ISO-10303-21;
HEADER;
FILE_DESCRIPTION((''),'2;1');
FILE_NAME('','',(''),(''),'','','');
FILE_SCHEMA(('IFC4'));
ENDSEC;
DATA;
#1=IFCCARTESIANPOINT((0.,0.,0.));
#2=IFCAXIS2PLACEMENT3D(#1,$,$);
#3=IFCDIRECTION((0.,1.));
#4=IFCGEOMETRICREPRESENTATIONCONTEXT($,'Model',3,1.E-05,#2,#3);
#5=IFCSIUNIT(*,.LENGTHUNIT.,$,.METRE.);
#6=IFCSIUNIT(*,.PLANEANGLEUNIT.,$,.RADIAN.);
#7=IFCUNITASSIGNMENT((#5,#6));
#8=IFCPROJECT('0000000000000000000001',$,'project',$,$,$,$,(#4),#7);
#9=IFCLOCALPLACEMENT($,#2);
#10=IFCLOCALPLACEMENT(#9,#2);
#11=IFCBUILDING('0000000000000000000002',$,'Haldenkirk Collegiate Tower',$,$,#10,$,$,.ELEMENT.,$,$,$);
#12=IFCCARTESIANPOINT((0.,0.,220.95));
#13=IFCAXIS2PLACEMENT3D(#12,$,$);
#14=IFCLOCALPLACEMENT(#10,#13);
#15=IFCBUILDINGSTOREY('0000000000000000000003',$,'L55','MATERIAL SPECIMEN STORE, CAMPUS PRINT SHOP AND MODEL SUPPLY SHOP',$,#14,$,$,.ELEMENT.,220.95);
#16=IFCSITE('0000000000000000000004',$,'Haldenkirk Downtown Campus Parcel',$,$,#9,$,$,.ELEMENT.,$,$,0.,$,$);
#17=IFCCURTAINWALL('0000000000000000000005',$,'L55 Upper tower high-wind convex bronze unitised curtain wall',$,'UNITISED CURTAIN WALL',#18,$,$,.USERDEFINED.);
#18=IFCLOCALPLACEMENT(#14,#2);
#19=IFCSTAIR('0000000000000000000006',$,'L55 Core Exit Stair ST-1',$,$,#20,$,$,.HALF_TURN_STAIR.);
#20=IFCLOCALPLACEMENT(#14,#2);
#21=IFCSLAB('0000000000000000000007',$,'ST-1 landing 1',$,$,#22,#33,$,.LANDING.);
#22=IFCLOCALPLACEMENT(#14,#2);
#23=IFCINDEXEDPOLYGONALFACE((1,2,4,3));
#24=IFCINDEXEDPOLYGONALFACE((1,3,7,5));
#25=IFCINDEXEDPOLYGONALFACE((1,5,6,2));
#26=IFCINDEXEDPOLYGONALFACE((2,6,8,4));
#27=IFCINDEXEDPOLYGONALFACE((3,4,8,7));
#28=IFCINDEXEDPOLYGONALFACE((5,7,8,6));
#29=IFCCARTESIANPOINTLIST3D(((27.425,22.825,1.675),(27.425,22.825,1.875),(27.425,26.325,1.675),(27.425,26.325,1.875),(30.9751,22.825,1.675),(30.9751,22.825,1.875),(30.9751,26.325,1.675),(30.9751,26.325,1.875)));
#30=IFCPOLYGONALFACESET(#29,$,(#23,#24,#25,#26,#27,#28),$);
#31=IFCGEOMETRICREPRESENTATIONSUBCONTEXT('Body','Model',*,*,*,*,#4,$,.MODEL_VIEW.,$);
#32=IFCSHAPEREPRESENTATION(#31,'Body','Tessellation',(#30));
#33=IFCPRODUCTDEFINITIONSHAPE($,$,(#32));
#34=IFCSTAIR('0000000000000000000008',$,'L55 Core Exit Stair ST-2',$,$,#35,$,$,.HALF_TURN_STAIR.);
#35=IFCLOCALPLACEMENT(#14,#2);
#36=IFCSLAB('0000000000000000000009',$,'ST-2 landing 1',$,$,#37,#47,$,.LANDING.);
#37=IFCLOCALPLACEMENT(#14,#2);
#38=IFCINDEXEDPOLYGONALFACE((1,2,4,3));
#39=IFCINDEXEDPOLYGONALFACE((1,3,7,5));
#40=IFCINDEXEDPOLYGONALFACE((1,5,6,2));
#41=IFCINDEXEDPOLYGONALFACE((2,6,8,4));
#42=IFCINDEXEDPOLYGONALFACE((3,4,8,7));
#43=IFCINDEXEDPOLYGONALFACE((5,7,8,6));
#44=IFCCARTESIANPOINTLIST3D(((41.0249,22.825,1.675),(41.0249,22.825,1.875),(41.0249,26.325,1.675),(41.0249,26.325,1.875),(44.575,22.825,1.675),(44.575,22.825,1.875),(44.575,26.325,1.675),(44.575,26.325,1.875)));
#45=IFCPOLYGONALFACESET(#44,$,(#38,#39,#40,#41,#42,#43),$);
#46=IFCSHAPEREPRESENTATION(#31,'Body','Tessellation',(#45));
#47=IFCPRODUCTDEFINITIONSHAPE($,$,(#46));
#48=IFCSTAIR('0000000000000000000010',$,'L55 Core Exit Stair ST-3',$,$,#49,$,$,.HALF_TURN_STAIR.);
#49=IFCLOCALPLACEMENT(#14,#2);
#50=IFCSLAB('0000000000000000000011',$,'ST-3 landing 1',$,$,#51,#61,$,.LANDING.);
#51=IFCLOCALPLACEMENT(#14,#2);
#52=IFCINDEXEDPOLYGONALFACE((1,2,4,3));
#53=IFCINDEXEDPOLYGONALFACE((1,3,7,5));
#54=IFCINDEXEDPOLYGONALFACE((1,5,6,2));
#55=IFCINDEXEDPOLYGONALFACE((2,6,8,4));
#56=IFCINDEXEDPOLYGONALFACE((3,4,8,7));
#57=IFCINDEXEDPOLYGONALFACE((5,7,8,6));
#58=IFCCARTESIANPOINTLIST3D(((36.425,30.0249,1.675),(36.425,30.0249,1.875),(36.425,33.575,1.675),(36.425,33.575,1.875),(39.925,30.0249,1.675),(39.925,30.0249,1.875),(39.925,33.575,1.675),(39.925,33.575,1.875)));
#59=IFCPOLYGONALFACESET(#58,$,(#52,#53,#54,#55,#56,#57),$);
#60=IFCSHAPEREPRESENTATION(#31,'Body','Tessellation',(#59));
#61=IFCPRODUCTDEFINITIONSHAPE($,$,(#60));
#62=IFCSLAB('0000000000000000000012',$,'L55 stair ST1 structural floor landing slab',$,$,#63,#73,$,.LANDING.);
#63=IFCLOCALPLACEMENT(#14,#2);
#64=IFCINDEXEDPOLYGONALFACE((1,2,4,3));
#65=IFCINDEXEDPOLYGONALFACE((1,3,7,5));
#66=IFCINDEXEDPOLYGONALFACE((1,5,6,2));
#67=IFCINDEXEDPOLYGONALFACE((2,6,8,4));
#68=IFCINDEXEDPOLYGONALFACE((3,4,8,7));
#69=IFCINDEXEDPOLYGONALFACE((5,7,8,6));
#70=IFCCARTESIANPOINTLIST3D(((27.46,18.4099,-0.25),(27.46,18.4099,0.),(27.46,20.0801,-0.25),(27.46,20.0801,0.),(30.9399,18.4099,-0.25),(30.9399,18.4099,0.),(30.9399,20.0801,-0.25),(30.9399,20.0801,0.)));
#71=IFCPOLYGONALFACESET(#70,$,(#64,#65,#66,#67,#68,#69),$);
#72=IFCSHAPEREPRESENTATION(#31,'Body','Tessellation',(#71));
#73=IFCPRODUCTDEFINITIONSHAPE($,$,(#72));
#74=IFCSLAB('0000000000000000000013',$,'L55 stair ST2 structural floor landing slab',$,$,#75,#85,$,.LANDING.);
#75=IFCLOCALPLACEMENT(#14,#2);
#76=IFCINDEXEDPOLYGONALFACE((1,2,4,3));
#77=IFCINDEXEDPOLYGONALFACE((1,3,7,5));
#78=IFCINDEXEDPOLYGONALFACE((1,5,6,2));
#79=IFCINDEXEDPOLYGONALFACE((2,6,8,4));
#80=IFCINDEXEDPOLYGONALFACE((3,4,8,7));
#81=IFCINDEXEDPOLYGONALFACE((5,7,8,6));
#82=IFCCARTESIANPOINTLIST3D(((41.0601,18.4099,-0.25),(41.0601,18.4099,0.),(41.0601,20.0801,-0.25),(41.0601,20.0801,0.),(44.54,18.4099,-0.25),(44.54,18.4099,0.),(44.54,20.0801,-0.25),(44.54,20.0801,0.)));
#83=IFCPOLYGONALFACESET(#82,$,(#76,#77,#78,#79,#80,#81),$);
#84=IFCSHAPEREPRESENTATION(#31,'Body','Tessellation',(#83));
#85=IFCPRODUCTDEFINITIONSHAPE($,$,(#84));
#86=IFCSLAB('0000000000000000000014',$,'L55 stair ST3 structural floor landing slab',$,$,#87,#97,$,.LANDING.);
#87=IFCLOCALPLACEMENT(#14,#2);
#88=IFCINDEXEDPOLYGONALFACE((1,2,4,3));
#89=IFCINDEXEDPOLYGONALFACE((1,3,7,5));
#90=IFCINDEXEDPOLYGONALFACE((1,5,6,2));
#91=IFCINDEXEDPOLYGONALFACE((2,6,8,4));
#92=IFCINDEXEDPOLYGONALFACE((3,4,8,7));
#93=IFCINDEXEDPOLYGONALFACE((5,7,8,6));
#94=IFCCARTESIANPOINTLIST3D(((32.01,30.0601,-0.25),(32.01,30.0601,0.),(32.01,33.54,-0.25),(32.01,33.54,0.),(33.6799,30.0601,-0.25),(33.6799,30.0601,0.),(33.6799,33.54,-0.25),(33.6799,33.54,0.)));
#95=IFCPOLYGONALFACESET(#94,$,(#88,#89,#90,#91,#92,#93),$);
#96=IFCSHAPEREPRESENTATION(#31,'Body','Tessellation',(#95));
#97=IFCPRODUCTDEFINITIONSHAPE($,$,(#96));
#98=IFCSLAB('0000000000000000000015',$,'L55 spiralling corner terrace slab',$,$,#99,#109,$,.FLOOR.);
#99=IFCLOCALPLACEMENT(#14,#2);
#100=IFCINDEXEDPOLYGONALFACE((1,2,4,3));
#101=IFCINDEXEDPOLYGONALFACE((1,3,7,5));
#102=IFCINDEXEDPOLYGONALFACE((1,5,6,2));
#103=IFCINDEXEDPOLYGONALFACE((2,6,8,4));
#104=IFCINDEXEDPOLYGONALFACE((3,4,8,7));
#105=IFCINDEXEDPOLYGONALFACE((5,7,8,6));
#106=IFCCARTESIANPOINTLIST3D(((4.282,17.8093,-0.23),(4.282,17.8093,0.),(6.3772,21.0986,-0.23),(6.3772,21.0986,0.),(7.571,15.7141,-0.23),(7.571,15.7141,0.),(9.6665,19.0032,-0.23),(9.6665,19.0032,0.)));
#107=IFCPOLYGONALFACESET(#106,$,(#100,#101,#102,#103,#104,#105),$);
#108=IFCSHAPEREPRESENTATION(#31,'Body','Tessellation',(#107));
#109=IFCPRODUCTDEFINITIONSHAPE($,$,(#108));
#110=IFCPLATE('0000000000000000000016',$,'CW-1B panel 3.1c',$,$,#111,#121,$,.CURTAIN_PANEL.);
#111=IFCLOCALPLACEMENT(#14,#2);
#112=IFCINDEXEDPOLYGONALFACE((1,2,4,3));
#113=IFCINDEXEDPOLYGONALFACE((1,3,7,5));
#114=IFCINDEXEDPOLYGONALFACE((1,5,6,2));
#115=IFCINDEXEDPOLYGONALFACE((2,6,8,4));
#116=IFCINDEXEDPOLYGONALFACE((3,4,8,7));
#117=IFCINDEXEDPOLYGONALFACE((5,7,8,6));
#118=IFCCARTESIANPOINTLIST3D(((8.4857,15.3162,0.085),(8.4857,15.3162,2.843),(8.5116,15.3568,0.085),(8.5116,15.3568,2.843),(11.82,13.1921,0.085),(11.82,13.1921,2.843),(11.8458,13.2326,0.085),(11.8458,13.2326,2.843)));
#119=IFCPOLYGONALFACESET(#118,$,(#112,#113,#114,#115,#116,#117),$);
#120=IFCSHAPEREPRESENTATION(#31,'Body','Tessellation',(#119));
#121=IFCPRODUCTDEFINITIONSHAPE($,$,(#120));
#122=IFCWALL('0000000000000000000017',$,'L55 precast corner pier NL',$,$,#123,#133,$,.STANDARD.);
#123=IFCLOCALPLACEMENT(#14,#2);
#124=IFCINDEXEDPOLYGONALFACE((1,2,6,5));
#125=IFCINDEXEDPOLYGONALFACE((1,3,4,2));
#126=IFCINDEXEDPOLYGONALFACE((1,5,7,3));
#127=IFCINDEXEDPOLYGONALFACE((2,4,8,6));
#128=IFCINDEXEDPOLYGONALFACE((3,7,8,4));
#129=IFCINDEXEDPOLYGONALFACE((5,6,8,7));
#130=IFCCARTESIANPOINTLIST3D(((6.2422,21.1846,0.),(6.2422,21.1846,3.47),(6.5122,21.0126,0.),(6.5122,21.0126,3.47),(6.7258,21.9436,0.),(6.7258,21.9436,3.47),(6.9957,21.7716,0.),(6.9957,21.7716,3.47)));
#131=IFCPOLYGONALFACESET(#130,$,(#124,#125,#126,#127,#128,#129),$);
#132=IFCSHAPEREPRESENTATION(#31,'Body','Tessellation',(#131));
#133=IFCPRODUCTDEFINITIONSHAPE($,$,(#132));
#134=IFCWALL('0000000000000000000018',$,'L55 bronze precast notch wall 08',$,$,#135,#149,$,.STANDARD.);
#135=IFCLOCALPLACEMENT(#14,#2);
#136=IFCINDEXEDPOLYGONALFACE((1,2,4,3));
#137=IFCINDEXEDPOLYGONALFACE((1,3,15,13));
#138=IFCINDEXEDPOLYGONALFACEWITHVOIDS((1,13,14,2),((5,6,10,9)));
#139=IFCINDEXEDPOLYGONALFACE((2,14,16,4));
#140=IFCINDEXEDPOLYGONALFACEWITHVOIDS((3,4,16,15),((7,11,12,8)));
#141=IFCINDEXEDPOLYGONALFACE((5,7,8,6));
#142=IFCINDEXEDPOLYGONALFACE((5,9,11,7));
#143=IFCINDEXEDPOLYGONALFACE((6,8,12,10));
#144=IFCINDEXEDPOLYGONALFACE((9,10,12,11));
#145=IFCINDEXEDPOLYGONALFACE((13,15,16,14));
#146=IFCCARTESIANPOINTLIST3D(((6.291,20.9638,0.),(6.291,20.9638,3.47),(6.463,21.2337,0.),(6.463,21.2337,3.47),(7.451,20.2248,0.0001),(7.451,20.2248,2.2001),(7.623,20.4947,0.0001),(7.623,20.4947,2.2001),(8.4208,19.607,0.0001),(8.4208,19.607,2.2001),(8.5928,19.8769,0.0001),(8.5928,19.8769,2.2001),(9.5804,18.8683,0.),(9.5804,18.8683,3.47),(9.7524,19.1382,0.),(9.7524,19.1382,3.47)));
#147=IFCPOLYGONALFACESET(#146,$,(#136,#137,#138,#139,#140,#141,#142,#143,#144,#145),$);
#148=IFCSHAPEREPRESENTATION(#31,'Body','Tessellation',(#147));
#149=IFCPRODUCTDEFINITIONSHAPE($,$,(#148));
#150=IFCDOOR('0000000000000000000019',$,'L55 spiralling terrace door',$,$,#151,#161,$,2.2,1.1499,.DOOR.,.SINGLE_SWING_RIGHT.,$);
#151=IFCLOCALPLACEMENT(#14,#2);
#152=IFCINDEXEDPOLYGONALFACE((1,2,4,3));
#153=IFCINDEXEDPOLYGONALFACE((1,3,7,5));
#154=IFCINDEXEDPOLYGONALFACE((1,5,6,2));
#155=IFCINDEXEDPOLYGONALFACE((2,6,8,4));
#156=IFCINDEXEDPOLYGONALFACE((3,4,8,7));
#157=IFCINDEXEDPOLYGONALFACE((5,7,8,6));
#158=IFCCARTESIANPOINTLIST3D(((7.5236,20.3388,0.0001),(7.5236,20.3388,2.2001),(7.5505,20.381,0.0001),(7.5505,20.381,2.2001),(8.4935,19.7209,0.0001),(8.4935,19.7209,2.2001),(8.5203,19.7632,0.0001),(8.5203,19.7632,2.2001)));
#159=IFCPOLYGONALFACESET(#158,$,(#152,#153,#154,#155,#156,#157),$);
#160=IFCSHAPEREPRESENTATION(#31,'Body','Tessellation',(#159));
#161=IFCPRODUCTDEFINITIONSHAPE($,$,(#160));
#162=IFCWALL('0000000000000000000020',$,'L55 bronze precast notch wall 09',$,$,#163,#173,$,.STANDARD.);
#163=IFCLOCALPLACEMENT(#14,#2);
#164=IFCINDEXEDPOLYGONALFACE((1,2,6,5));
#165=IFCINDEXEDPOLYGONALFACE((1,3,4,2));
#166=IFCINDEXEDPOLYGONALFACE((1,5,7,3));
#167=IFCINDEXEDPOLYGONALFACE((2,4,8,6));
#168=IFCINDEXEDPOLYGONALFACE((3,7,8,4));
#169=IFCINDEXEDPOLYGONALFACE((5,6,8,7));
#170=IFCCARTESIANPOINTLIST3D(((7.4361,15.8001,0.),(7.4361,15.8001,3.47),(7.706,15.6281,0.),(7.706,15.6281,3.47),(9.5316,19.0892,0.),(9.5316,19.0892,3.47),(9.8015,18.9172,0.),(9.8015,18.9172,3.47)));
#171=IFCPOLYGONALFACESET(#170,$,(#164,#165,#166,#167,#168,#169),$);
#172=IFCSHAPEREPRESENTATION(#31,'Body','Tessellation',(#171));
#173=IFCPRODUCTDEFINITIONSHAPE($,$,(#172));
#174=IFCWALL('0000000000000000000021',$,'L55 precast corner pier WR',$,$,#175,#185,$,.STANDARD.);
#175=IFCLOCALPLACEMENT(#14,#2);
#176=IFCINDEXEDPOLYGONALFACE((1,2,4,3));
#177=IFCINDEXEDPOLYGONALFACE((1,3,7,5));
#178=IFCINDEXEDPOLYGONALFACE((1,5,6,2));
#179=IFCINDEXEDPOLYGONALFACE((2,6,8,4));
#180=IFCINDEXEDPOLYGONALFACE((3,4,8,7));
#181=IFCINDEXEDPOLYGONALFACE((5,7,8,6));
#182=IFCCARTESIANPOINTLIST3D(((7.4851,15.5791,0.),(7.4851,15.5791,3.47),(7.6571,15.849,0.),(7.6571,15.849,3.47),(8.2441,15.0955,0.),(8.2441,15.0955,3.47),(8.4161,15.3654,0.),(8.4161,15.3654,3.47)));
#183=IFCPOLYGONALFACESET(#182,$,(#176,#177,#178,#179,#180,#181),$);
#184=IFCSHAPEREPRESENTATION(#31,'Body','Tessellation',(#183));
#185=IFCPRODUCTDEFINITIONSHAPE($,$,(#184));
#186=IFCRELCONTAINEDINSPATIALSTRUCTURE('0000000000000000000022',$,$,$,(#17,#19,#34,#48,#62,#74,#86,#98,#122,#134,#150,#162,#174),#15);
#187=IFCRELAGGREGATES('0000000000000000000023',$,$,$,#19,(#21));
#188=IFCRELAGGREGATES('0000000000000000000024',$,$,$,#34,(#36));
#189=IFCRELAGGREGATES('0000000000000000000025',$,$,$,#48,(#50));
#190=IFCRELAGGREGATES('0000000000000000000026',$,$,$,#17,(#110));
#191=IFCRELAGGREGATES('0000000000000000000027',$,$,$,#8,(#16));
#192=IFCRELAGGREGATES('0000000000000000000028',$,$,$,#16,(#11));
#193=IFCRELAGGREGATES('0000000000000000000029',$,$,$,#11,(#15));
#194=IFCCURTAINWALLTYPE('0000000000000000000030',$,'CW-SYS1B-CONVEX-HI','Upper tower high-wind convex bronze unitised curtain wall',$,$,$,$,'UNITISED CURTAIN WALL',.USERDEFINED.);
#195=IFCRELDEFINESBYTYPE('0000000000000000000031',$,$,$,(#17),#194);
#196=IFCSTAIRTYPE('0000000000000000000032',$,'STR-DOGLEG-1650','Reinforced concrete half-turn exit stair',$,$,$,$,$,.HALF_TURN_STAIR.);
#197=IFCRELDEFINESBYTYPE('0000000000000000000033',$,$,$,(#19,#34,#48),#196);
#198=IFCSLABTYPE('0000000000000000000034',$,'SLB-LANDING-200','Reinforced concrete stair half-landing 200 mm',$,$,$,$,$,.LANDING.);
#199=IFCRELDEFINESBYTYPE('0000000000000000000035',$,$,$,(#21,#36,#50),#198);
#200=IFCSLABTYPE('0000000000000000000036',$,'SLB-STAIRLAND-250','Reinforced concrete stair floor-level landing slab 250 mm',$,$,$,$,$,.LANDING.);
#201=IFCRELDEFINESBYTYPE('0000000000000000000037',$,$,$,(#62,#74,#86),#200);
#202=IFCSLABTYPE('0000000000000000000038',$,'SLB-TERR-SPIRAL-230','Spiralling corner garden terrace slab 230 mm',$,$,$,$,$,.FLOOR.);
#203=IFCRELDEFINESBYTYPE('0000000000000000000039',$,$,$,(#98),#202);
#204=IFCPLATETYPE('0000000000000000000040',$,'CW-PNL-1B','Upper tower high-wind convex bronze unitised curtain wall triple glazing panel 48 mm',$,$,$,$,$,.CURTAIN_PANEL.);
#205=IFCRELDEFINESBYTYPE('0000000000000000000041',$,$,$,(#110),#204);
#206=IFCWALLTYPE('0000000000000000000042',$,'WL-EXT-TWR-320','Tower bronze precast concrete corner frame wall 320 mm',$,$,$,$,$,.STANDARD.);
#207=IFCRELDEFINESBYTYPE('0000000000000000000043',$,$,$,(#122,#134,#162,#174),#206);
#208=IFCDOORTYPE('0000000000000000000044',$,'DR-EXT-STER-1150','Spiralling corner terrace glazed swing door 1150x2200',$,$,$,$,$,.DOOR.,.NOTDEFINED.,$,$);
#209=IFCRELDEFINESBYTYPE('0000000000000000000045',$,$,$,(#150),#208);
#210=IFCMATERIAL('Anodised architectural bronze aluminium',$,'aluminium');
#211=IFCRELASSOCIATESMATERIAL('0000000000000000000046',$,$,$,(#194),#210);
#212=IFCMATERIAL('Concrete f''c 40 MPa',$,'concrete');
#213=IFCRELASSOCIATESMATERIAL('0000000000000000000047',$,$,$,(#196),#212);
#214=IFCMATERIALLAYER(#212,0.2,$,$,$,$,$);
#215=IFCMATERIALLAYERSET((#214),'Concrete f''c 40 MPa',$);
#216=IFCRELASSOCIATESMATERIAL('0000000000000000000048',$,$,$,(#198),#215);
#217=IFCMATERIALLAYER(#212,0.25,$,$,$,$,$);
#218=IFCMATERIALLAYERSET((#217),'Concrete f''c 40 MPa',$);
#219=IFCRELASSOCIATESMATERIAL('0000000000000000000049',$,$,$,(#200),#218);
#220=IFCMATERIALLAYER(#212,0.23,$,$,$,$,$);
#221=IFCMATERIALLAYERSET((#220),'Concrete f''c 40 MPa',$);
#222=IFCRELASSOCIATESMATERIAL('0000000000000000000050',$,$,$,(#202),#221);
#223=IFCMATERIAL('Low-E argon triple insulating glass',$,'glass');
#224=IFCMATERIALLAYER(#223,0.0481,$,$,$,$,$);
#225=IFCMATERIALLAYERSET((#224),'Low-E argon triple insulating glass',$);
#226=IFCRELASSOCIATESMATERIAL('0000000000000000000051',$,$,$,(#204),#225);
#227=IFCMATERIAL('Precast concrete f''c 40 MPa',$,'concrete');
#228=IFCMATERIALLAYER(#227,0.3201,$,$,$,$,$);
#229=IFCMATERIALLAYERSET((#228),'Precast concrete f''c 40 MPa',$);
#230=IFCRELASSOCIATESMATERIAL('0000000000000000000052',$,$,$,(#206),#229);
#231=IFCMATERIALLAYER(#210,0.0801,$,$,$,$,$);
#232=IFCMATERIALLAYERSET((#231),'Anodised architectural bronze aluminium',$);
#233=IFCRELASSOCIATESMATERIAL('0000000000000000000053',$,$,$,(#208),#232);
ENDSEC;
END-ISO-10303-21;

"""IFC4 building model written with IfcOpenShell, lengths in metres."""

from ifc_helpers import new_model, si_unit, direction, frame, frame_2d, origin, origin_2d, place, context, subcontext, project, spatial, polyline, rectangle, outline, extrude, source, transform, mapped, material, layer, layer_set, type_object, element, fill, aggregate, save


model = new_model("IFC4")

# Units and contexts
model_context = context("Model", 3, precision=1e-05, world=origin(), true_north=direction((0.0, 1.0)))
body_context = subcontext(model_context, "Body", "Model", "MODEL_VIEW")
ifc_project = project(units=[si_unit("LENGTHUNIT", "METRE"), si_unit("PLANEANGLEUNIT", "RADIAN")], contexts=[model_context])

# Site, building, storey
site_placement = place(None, origin())
site = spatial("IfcSite", under=ifc_project, at=site_placement, Name="Haldenkirk Downtown Campus Parcel", CompositionType="ELEMENT", RefElevation=0.0)
building_placement = place(site_placement, origin())
building = spatial("IfcBuilding", under=site, at=building_placement, Name="Haldenkirk Collegiate Tower", CompositionType="ELEMENT")
storey_placement = place(building_placement, frame((0.0, 0.0, 220.95)))
storey = spatial("IfcBuildingStorey", under=building, at=storey_placement, Name="L55", Description="MATERIAL SPECIMEN STORE, CAMPUS PRINT SHOP AND MODEL SUPPLY SHOP", CompositionType="ELEMENT", Elevation=220.95)

# Curtain wall
ifc_material_1 = material(Name="Anodised architectural bronze aluminium", Category="aluminium")
curtain_wall_type = type_object("IfcCurtainWallType", Name="CW-SYS1B-CONVEX-HI", Description="Upper tower high-wind convex bronze unitised curtain wall", ElementType="UNITISED CURTAIN WALL", PredefinedType="USERDEFINED", material=ifc_material_1)
curtain_wall_placement = place(storey_placement, origin())
curtain_wall = element("IfcCurtainWall", 1, at=curtain_wall_placement, inside=storey, type_object=curtain_wall_type, Name="L55 Upper tower high-wind convex bronze unitised curtain wall", ObjectType="UNITISED CURTAIN WALL", PredefinedType="USERDEFINED")

# Shared definitions
ifc_material_2 = material(Name="Concrete f'c 40 MPa", Category="concrete")

# Stairs, slabs
stair_type = type_object("IfcStairType", Name="STR-DOGLEG-1650", Description="Reinforced concrete half-turn exit stair", PredefinedType="HALF_TURN_STAIR", material=ifc_material_2)
stair_1_placement = place(storey_placement, origin())
stair_1 = element("IfcStair", 2, at=stair_1_placement, inside=storey, type_object=stair_type, Name="L55 Core Exit Stair ST-1", PredefinedType="HALF_TURN_STAIR")
ifc_layer_1 = layer(ifc_material_2, 0.2)
ifc_layer_set_1 = layer_set([ifc_layer_1], Name="Concrete f'c 40 MPa")
slab_type_1 = type_object("IfcSlabType", Name="SLB-LANDING-200", Description="Reinforced concrete stair half-landing 200 mm", PredefinedType="LANDING", material=ifc_layer_set_1)
slab_1_placement = place(storey_placement, frame((0.0, 0.0, 1.675)))
slab_1 = element("IfcSlab", 3, at=slab_1_placement, type_object=slab_type_1, Name="ST-1 landing 1", PredefinedType="LANDING", context=body_context, shape_type="SweptSolid", body=[
    extrude(outline(polyline([(30.9751, 22.825), (27.425, 22.825), (27.425, 26.325), (30.9751, 26.325), (30.9751, 22.825)])), origin(), (0.0, 0.0, 1.0), 0.2),
])
aggregate(stair_1, [slab_1])
stair_2_placement = place(storey_placement, origin())
stair_2 = element("IfcStair", 4, at=stair_2_placement, inside=storey, type_object=stair_type, Name="L55 Core Exit Stair ST-2", PredefinedType="HALF_TURN_STAIR")
slab_2_placement = place(storey_placement, frame((0.0, 0.0, 1.675)))
slab_2 = element("IfcSlab", 5, at=slab_2_placement, type_object=slab_type_1, Name="ST-2 landing 1", PredefinedType="LANDING", context=body_context, shape_type="SweptSolid", body=[
    extrude(outline(polyline([(44.575, 22.825), (41.0249, 22.825), (41.0249, 26.325), (44.575, 26.325), (44.575, 22.825)])), origin(), (0.0, 0.0, 1.0), 0.2),
])
aggregate(stair_2, [slab_2])
stair_3_placement = place(storey_placement, origin())
stair_3 = element("IfcStair", 6, at=stair_3_placement, inside=storey, type_object=stair_type, Name="L55 Core Exit Stair ST-3", PredefinedType="HALF_TURN_STAIR")
slab_3_placement = place(storey_placement, frame((0.0, 0.0, 1.675)))
slab_3 = element("IfcSlab", 7, at=slab_3_placement, type_object=slab_type_1, Name="ST-3 landing 1", PredefinedType="LANDING", context=body_context, shape_type="SweptSolid", body=[
    extrude(outline(polyline([(36.425, 30.0249), (36.425, 33.575), (39.925, 33.575), (39.925, 30.0249), (36.425, 30.0249)])), origin(), (0.0, 0.0, 1.0), 0.2),
])
aggregate(stair_3, [slab_3])

# Slabs
ifc_layer_2 = layer(ifc_material_2, 0.25)
ifc_layer_set_2 = layer_set([ifc_layer_2], Name="Concrete f'c 40 MPa")
slab_type_2 = type_object("IfcSlabType", Name="SLB-STAIRLAND-250", Description="Reinforced concrete stair floor-level landing slab 250 mm", PredefinedType="LANDING", material=ifc_layer_set_2)
slab_4_placement = place(storey_placement, frame((0.0, 0.0, -0.25)))
element("IfcSlab", 8, at=slab_4_placement, inside=storey, type_object=slab_type_2, Name="L55 stair ST1 structural floor landing slab", PredefinedType="LANDING", context=body_context, shape_type="SweptSolid", body=[
    extrude(outline(polyline([(27.46, 18.4099), (30.9399, 18.4099), (30.9399, 20.0801), (27.46, 20.0801), (27.46, 18.4099)])), origin(), (0.0, 0.0, 1.0), 0.25),
])
slab_5_placement = place(storey_placement, frame((0.0, 0.0, -0.25)))
element("IfcSlab", 9, at=slab_5_placement, inside=storey, type_object=slab_type_2, Name="L55 stair ST2 structural floor landing slab", PredefinedType="LANDING", context=body_context, shape_type="SweptSolid", body=[
    extrude(outline(polyline([(41.0601, 18.4099), (44.54, 18.4099), (44.54, 20.0801), (41.0601, 20.0801), (41.0601, 18.4099)])), origin(), (0.0, 0.0, 1.0), 0.25),
])
slab_6_placement = place(storey_placement, frame((0.0, 0.0, -0.25)))
element("IfcSlab", 10, at=slab_6_placement, inside=storey, type_object=slab_type_2, Name="L55 stair ST3 structural floor landing slab", PredefinedType="LANDING", context=body_context, shape_type="SweptSolid", body=[
    extrude(outline(polyline([(32.01, 30.0601), (33.6799, 30.0601), (33.6799, 33.54), (32.01, 33.54), (32.01, 30.0601)])), origin(), (0.0, 0.0, 1.0), 0.25),
])
ifc_layer_3 = layer(ifc_material_2, 0.23)
ifc_layer_set_3 = layer_set([ifc_layer_3], Name="Concrete f'c 40 MPa")
slab_type_3 = type_object("IfcSlabType", Name="SLB-TERR-SPIRAL-230", Description="Spiralling corner garden terrace slab 230 mm", PredefinedType="FLOOR", material=ifc_layer_set_3)
slab_7_placement = place(storey_placement, frame((0.0, 0.0, -0.23)))
element("IfcSlab", 11, at=slab_7_placement, inside=storey, type_object=slab_type_3, Name="L55 spiralling corner terrace slab", PredefinedType="FLOOR", context=body_context, shape_type="SweptSolid", body=[
    extrude(outline(polyline([(7.571, 15.7141), (9.6665, 19.0032), (6.3772, 21.0986), (4.282, 17.8093), (7.571, 15.7141)])), origin(), (0.0, 0.0, 1.0), 0.23),
])

# Plate
ifc_material_3 = material(Name="Low-E argon triple insulating glass", Category="glass")
ifc_layer_4 = layer(ifc_material_3, 0.0481)
ifc_layer_set_4 = layer_set([ifc_layer_4], Name="Low-E argon triple insulating glass")
plate_type = type_object("IfcPlateType", Name="CW-PNL-1B", Description="Upper tower high-wind convex bronze unitised curtain wall triple glazing panel 48 mm", PredefinedType="CURTAIN_PANEL", material=ifc_layer_set_4)
shared_shape_1 = source(origin(), body_context, "Body", "SweptSolid", [
    extrude(rectangle(XDim=3.9534, YDim=0.0481, at=origin_2d()), origin(), (0.0, 0.0, 1.0), 2.7581),
])
plate_placement = place(storey_placement, frame((10.1658, 14.2744, 0.085), z_axis=(0.0, 0.0, 1.0), x_axis=(-0.843391, 0.537301, 0.0)))
plate = element("IfcPlate", 12, at=plate_placement, type_object=plate_type, Name="CW-1B panel 3.1c", PredefinedType="CURTAIN_PANEL", context=body_context, shape_type="MappedRepresentation", body=[
    mapped(shared_shape_1, transform((0.0, 0.0, 0.0), x_axis=(1.0, 0.0, 0.0), y_axis=(0.0, 1.0, 0.0), z_axis=(0.0, 0.0, 1.0), scale=1.0)),
])
aggregate(curtain_wall, [plate])

# Wall
ifc_material_4 = material(Name="Precast concrete f'c 40 MPa", Category="concrete")
ifc_layer_5 = layer(ifc_material_4, 0.3201)
ifc_layer_set_5 = layer_set([ifc_layer_5], Name="Precast concrete f'c 40 MPa")
wall_type_1 = type_object("IfcWallType", Name="WL-EXT-TWR-320", Description="Tower bronze precast concrete corner frame wall 320 mm", PredefinedType="STANDARD", material=ifc_layer_set_5)
wall_1_placement = place(storey_placement, frame((6.3772, 21.0986, 0.0), z_axis=(0.0, 0.0, 1.0), x_axis=(0.537367, 0.843349, 0.0)))
element("IfcWall", 13, at=wall_1_placement, inside=storey, type_object=wall_type_1, Name="L55 precast corner pier NL", PredefinedType="STANDARD", context=body_context, shape_type="SweptSolid", body=[
    extrude(rectangle(XDim=0.8999, YDim=0.3201, at=frame_2d((0.45, 0.0))), origin(), (0.0, 0.0, 1.0), 3.47),
])

# Wall, opening, door
wall_2_placement = place(storey_placement, frame((9.6665, 19.0032, 0.0), z_axis=(0.0, 0.0, 1.0), x_axis=(-0.843398, 0.537289, 0.0)))
wall_2 = element("IfcWall", 14, at=wall_2_placement, inside=storey, type_object=wall_type_1, Name="L55 bronze precast notch wall 08", PredefinedType="STANDARD", context=body_context, shape_type="SweptSolid", body=[
    extrude(rectangle(XDim=3.9001, YDim=0.3201, at=frame_2d((1.9502, 0.0))), origin(), (0.0, 0.0, 1.0), 3.47),
])
opening_placement = place(wall_2_placement, frame((1.375, 0.0, 0.0)))
opening = element("IfcOpeningElement", 15, at=opening_placement, cuts=wall_2, PredefinedType="OPENING", context=body_context, shape_type="SweptSolid", body=[
    extrude(rectangle(XDim=1.1499, YDim=2.2, at=frame_2d((0.575, 1.1001))), frame((0.0, 0.1699, 0.0), z_axis=(0.0, -1.0, 0.0), x_axis=(1.0, 0.0, 0.0)), (0.0, 0.0, 1.0), 0.3401),
])
ifc_layer_6 = layer(ifc_material_1, 0.0801)
ifc_layer_set_6 = layer_set([ifc_layer_6], Name="Anodised architectural bronze aluminium")
door_type = type_object("IfcDoorType", Name="DR-EXT-STER-1150", Description="Spiralling corner terrace glazed swing door 1150x2200", OperationType="NOTDEFINED", PredefinedType="DOOR", material=ifc_layer_set_6)
door_placement = place(opening_placement, origin())
door = element("IfcDoor", 16, at=door_placement, inside=storey, type_object=door_type, Name="L55 spiralling terrace door", OperationType="SINGLE_SWING_RIGHT", OverallHeight=2.2, OverallWidth=1.1499, PredefinedType="DOOR", context=body_context, shape_type="SweptSolid", body=[
    extrude(rectangle(XDim=1.1499, YDim=2.2, at=frame_2d((0.575, 1.1001))), frame((0.0, 0.0249, 0.0), z_axis=(0.0, -1.0, 0.0), x_axis=(1.0, 0.0, 0.0)), (0.0, 0.0, 1.0), 0.05),
])
fill(opening, door)

# Walls
wall_3_placement = place(storey_placement, frame((7.571, 15.7141, 0.0), z_axis=(0.0, 0.0, 1.0), x_axis=(0.537317, 0.84338, 0.0)))
element("IfcWall", 17, at=wall_3_placement, inside=storey, type_object=wall_type_1, Name="L55 bronze precast notch wall 09", PredefinedType="STANDARD", context=body_context, shape_type="SweptSolid", body=[
    extrude(rectangle(XDim=3.8999, YDim=0.3201, at=frame_2d((1.95, 0.0))), origin(), (0.0, 0.0, 1.0), 3.47),
])
wall_4_placement = place(storey_placement, frame((8.3301, 15.2305, 0.0), z_axis=(0.0, 0.0, 1.0), x_axis=(-0.843349, 0.537367, 0.0)))
element("IfcWall", 18, at=wall_4_placement, inside=storey, type_object=wall_type_1, Name="L55 precast corner pier WR", PredefinedType="STANDARD", context=body_context, shape_type="SweptSolid", body=[
    extrude(rectangle(XDim=0.8999, YDim=0.3201, at=frame_2d((0.45, 0.0))), origin(), (0.0, 0.0, 1.0), 3.47),
])

save(model, "model.ifc")
